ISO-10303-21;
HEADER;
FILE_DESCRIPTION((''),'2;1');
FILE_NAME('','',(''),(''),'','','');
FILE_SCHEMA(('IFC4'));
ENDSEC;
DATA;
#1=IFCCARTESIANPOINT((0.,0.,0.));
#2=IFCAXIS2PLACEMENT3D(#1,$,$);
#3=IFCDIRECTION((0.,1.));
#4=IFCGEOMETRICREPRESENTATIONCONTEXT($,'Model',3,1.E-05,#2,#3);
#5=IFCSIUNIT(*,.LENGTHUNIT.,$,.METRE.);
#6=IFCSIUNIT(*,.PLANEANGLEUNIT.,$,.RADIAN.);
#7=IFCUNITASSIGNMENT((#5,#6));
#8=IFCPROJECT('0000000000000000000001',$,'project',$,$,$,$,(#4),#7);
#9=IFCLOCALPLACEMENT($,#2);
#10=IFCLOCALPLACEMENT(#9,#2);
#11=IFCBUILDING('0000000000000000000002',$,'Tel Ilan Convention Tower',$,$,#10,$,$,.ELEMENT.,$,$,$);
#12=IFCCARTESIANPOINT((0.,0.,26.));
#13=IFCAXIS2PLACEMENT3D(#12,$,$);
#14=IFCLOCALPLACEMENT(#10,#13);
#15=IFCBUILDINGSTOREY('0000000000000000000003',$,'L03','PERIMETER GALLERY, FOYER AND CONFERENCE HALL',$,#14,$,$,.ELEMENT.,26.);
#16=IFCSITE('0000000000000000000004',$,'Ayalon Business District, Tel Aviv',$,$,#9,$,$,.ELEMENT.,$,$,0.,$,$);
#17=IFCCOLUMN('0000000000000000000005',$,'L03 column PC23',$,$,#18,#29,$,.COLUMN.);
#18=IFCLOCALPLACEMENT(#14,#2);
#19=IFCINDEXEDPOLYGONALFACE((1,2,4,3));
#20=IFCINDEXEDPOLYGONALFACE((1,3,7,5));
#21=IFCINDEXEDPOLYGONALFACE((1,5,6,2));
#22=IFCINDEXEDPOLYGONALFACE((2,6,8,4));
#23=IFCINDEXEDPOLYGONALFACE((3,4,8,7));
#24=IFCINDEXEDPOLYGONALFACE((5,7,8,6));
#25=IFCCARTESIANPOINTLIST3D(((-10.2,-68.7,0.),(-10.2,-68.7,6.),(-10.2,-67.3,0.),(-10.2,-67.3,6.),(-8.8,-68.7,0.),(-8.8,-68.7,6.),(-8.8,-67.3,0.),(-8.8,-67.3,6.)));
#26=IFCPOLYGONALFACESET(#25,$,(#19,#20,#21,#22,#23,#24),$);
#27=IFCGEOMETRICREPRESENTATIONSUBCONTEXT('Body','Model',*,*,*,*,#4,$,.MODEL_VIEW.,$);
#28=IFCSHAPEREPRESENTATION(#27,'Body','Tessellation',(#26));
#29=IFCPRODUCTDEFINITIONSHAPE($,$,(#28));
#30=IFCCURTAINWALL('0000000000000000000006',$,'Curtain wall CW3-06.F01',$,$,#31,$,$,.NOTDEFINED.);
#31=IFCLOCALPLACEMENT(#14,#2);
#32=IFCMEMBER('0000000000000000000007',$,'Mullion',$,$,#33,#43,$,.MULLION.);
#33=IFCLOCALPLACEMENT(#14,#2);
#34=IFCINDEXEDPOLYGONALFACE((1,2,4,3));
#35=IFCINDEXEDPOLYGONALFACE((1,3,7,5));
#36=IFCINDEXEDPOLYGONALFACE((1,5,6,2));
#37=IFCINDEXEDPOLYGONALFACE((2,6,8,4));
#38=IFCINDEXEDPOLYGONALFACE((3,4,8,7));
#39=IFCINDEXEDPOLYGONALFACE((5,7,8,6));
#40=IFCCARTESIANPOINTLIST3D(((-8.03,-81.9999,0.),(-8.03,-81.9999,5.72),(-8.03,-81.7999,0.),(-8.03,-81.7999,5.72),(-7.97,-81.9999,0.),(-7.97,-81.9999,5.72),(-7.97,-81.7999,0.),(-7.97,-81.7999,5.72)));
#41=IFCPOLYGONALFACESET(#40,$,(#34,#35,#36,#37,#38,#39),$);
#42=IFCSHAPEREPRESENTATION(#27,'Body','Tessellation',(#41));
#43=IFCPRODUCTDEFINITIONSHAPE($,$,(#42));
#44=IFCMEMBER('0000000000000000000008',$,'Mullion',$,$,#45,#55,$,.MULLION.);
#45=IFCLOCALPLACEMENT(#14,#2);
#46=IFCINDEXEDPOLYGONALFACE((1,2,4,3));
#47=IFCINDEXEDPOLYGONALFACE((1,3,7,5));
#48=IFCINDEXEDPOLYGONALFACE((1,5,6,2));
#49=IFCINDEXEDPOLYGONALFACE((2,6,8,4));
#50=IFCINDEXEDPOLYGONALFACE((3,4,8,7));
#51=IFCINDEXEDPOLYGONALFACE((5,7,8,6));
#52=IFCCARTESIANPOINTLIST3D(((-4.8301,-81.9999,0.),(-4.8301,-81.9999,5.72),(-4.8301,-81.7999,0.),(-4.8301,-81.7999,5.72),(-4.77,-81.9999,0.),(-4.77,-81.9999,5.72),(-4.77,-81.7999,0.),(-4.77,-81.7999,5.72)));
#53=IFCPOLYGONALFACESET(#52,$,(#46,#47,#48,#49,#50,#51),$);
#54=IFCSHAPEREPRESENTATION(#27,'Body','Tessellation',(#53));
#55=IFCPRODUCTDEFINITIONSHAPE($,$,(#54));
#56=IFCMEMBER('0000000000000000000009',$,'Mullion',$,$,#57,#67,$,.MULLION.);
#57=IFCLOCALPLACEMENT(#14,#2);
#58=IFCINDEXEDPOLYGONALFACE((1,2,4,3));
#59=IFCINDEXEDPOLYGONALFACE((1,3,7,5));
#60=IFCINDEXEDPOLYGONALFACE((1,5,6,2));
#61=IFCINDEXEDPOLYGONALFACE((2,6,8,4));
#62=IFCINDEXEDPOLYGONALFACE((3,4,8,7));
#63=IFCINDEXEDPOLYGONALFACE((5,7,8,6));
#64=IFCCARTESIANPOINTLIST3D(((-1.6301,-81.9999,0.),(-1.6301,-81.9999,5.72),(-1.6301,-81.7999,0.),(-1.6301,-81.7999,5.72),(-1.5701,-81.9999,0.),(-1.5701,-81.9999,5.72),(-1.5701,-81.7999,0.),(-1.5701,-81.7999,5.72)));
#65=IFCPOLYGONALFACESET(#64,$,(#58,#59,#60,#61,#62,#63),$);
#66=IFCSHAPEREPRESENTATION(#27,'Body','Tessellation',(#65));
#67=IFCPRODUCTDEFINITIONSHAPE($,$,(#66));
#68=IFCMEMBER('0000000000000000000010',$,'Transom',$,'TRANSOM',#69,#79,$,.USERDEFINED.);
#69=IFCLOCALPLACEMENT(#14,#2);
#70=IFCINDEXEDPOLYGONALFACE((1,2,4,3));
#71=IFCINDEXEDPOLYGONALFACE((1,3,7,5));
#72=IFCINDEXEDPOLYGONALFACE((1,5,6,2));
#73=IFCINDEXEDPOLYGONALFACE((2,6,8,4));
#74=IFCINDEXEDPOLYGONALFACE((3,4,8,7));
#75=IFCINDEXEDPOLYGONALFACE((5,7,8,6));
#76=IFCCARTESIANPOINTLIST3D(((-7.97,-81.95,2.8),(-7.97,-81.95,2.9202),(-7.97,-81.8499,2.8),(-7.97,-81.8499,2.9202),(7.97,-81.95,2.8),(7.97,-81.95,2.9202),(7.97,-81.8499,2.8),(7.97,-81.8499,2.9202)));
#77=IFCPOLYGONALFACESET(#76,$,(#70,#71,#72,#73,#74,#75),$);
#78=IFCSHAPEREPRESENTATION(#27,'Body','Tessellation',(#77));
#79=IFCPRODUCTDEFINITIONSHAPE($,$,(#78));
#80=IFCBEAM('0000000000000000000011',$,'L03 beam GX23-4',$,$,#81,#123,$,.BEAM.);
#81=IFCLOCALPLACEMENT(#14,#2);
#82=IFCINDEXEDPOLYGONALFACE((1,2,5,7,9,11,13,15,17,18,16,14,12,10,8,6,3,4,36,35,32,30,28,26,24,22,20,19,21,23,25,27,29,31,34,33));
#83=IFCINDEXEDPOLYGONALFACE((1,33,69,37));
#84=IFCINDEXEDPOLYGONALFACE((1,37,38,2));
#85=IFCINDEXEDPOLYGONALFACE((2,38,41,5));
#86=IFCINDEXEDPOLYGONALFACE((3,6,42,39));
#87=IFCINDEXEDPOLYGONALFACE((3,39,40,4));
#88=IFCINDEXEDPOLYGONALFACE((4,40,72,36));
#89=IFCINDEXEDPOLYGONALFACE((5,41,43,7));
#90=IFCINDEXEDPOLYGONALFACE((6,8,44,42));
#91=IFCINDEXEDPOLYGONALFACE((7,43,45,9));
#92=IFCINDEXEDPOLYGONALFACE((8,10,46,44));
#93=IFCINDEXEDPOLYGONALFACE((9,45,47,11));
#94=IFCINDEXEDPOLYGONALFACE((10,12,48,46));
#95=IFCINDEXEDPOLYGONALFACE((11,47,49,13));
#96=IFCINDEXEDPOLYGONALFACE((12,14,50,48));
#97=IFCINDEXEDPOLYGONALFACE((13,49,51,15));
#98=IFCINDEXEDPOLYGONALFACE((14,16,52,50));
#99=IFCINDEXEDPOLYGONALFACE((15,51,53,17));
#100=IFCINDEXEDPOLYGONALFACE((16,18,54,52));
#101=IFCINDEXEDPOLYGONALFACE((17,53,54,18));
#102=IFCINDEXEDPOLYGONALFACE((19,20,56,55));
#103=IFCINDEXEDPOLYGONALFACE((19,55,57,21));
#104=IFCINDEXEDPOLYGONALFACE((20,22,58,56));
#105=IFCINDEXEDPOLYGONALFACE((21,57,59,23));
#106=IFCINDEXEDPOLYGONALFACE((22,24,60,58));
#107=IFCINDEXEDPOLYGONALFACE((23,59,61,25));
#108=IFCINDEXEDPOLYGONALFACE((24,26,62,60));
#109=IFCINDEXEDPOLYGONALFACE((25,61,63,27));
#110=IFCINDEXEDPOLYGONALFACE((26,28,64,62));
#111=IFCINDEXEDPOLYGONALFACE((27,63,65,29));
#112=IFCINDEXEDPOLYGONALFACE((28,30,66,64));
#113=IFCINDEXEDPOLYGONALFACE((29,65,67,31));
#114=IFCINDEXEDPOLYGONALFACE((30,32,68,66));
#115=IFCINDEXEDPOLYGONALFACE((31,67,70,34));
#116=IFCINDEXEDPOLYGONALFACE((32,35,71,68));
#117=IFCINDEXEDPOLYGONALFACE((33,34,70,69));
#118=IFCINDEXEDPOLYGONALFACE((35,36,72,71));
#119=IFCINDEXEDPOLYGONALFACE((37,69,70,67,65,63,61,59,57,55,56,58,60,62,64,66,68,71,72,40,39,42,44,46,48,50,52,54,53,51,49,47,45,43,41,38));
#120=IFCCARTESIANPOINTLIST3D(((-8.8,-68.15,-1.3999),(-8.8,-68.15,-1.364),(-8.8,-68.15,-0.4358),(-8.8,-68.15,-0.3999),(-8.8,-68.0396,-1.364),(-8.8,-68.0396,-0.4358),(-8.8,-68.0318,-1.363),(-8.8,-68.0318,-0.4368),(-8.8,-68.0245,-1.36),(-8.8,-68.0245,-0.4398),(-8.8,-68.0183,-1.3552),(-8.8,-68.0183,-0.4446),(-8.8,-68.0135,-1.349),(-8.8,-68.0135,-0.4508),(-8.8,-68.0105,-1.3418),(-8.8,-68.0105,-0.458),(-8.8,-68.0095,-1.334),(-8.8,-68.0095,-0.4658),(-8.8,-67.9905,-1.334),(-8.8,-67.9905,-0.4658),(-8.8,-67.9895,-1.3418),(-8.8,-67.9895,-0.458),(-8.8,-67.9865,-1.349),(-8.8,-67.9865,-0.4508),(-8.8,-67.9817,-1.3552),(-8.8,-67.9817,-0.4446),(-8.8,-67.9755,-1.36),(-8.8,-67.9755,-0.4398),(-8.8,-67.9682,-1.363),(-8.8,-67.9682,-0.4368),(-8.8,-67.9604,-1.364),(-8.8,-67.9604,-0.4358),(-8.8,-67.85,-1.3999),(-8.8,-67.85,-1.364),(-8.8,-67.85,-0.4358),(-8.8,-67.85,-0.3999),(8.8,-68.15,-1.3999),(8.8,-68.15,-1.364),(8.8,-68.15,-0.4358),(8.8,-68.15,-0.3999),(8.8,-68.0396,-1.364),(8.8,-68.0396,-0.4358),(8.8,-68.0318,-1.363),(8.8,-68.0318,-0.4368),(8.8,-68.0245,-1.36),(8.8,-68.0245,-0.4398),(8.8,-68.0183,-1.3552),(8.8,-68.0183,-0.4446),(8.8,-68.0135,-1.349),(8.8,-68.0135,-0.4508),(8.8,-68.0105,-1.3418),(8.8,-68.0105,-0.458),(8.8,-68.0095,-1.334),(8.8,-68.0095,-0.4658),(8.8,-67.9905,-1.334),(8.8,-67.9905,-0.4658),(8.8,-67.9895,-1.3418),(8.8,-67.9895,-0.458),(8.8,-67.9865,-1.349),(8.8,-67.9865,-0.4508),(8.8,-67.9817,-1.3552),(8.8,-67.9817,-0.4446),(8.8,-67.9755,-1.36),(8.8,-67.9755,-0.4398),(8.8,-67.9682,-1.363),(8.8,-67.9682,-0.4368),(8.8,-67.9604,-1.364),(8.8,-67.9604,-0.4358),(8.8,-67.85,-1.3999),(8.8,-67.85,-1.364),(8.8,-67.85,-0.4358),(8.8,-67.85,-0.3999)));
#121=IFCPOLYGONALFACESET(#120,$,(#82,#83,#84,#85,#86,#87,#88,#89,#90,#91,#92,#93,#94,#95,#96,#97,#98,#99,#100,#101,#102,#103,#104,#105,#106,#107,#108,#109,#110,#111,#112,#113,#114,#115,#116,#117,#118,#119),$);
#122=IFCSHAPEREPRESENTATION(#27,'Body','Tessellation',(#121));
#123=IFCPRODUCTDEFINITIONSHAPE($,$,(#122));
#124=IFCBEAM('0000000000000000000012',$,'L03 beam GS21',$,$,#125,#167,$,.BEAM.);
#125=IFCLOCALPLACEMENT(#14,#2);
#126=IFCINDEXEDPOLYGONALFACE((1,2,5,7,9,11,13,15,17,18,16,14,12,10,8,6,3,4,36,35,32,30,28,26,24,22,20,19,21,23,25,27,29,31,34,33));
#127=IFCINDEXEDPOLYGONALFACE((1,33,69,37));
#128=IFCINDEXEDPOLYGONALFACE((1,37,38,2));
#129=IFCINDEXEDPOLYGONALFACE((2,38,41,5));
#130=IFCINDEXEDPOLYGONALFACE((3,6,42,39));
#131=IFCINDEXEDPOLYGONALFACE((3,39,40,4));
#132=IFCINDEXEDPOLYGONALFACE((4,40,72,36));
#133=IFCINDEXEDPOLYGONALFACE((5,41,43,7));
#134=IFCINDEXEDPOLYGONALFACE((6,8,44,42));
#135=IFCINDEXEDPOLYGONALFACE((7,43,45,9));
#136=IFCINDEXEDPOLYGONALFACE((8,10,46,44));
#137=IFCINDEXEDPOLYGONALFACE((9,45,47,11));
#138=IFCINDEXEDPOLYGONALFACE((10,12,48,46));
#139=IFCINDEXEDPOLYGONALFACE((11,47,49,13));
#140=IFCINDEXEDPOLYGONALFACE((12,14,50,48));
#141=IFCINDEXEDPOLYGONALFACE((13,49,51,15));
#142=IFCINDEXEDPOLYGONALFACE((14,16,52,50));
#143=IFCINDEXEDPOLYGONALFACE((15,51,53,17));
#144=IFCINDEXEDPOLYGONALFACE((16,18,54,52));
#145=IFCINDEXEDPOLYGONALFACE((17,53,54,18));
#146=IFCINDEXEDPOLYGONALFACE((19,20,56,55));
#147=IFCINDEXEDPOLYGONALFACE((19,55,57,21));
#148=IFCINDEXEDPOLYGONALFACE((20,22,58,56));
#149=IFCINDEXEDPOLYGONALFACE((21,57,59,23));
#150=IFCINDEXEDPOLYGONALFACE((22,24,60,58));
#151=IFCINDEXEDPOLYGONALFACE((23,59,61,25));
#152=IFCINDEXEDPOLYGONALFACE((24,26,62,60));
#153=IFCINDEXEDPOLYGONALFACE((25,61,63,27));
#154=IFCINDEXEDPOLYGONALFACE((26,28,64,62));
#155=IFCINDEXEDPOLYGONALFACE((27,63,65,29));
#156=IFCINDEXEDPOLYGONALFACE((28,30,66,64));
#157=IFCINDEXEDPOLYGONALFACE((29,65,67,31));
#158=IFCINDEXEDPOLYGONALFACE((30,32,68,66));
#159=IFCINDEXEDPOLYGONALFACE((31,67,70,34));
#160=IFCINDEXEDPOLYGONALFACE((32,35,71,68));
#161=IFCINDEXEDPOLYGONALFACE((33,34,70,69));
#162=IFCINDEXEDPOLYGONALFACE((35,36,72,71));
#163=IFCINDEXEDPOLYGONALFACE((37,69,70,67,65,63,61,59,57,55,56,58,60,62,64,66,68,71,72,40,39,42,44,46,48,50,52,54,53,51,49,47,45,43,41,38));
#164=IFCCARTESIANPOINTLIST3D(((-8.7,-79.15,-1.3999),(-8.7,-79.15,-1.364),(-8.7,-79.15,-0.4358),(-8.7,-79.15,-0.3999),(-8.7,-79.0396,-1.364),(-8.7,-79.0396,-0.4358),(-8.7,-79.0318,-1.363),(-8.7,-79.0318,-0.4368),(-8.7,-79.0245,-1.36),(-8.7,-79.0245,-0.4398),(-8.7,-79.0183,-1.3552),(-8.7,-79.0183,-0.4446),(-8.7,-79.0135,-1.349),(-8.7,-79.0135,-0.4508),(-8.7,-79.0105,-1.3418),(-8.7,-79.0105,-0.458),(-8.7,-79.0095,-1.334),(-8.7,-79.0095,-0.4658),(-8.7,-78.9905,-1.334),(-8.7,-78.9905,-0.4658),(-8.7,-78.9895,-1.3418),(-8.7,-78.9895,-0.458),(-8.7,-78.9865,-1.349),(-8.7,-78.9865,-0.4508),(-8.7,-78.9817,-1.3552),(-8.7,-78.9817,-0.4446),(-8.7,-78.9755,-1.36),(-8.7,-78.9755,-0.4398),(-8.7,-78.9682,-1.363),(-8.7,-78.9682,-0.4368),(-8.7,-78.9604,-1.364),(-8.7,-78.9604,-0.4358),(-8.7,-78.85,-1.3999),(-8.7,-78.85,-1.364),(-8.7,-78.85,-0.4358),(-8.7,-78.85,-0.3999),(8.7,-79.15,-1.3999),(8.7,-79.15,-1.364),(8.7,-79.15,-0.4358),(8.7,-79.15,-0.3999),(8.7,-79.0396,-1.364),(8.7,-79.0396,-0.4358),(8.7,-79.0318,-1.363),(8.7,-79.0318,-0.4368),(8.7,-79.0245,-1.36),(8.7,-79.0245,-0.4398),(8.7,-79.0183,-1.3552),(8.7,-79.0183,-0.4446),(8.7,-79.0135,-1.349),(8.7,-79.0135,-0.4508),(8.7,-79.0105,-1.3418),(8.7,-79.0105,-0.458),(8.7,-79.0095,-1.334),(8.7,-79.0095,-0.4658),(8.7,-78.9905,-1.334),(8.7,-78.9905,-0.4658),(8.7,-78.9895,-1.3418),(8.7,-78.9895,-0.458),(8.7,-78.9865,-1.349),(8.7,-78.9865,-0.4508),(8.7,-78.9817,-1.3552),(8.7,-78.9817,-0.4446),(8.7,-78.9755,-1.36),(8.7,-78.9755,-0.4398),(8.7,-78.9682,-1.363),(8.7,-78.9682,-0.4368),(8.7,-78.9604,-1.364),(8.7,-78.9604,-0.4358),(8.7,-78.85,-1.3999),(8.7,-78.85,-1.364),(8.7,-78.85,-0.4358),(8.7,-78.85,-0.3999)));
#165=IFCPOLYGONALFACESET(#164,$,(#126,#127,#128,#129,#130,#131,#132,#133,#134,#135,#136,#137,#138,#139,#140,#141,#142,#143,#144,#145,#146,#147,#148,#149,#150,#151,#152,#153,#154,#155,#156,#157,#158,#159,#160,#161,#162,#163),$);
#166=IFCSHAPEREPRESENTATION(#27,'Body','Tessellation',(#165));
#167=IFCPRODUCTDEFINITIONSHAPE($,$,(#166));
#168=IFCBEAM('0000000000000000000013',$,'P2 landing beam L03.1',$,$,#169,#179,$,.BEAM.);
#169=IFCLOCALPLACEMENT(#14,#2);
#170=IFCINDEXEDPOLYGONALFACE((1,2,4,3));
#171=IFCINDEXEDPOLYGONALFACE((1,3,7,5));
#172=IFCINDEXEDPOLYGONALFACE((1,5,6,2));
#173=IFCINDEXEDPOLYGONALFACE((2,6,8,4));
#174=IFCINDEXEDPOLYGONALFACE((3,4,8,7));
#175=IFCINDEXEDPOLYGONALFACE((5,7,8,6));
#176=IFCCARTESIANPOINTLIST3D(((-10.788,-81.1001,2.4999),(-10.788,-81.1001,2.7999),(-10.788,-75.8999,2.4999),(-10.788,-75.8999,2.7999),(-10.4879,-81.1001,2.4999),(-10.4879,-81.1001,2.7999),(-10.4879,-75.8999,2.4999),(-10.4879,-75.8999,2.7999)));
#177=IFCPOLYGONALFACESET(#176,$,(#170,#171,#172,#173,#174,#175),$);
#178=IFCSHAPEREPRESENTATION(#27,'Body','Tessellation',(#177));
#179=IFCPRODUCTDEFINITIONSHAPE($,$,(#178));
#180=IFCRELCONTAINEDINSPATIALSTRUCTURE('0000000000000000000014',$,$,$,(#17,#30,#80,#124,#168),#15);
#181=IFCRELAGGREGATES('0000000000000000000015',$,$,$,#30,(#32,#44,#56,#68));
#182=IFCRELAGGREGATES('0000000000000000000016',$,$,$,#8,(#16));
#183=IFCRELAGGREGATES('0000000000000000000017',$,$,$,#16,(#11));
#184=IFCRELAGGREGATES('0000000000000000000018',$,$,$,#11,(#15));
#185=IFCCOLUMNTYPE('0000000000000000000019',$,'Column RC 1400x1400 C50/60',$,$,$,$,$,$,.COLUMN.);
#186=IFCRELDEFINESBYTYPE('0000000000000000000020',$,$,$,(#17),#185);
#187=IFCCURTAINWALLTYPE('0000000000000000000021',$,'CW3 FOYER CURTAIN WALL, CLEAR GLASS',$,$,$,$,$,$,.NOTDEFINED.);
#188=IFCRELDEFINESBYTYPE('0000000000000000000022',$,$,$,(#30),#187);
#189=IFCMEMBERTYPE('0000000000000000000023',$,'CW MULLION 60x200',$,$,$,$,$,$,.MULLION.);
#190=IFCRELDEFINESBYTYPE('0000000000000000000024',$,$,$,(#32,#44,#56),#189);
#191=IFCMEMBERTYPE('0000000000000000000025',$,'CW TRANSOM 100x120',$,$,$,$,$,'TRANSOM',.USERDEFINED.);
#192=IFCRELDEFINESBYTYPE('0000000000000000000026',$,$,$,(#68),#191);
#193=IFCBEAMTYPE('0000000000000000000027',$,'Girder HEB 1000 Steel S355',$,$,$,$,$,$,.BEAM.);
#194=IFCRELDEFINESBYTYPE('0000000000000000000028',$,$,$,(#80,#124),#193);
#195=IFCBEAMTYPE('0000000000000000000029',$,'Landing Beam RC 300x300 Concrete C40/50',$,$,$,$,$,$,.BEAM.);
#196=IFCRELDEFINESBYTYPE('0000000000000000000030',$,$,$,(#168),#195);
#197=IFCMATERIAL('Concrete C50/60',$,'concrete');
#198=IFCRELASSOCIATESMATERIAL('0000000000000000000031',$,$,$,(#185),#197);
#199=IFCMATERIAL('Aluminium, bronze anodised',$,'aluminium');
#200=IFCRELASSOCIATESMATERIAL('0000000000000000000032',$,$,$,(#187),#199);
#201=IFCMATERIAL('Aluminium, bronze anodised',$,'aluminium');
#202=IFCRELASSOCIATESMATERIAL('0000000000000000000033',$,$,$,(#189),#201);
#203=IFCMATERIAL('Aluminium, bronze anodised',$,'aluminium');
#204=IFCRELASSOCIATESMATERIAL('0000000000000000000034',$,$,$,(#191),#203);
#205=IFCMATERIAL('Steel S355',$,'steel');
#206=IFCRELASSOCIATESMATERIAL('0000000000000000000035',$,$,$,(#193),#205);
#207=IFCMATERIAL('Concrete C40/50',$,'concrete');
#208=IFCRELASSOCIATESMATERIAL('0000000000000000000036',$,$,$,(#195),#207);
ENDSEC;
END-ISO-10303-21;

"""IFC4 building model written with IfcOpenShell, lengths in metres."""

from ifc_helpers import new_model, si_unit, direction, frame, origin, origin_2d, place, context, subcontext, project, spatial, rectangle, i_section, extrude, material, material_profile, profile_set, type_object, element, aggregate, save


model = new_model("IFC4")

# Units and contexts
model_context = context("Model", 3, precision=1e-05, world=origin(), true_north=direction((0.0, 1.0)))
body_context = subcontext(model_context, "Body", "Model", "MODEL_VIEW")
ifc_project = project(units=[si_unit("LENGTHUNIT", "METRE"), si_unit("PLANEANGLEUNIT", "RADIAN")], contexts=[model_context])

# Site, building, storey
site_placement = place(None, origin())
site = spatial("IfcSite", under=ifc_project, at=site_placement, Name="Ayalon Business District, Tel Aviv", CompositionType="ELEMENT", RefElevation=0.0)
building_placement = place(site_placement, origin())
building = spatial("IfcBuilding", under=site, at=building_placement, Name="Tel Ilan Convention Tower", CompositionType="ELEMENT")
storey_placement = place(building_placement, frame((0.0, 0.0, 26.0)))
storey = spatial("IfcBuildingStorey", under=building, at=storey_placement, Name="L03", Description="PERIMETER GALLERY, FOYER AND CONFERENCE HALL", CompositionType="ELEMENT", Elevation=26.0)

# Column
ifc_material_1 = material(Name="Concrete C50/60", Category="concrete")
ifc_material_profile_1 = material_profile(ifc_material_1, rectangle(XDim=1.3999, YDim=1.3999, at=origin_2d()), Name="RC 1400x1400")
ifc_profile_set_1 = profile_set([ifc_material_profile_1], Name="Concrete C50/60")
column_type = type_object("IfcColumnType", Name="Column RC 1400x1400 C50/60", PredefinedType="COLUMN", material=ifc_profile_set_1)
column_placement = place(storey_placement, frame((-9.5, -68.0, 0.0), z_axis=(0.0, 0.0, 1.0), x_axis=(1.0, 0.0, 0.0)))
element("IfcColumn", 1, at=column_placement, inside=storey, type_object=column_type, Name="L03 column PC23", PredefinedType="COLUMN", context=body_context, shape_type="SweptSolid", body=[
    extrude(rectangle(XDim=1.3999, YDim=1.3999, at=origin_2d()), origin(), (0.0, 0.0, 1.0), 6.0),
])

# Curtain wall, members
ifc_material_2 = material(Name="Aluminium, bronze anodised", Category="aluminium")
curtain_wall_type = type_object("IfcCurtainWallType", Name="CW3 FOYER CURTAIN WALL, CLEAR GLASS", PredefinedType="NOTDEFINED", material=ifc_material_2)
curtain_wall_placement = place(storey_placement, origin())
curtain_wall = element("IfcCurtainWall", 2, at=curtain_wall_placement, inside=storey, type_object=curtain_wall_type, Name="Curtain wall CW3-06.F01", PredefinedType="NOTDEFINED")
ifc_material_3 = material(Name="Aluminium, bronze anodised", Category="aluminium")
ifc_material_profile_2 = material_profile(ifc_material_3, rectangle(XDim=0.0601, YDim=0.2, at=origin_2d()), Name="CW MULLION 60x200")
ifc_profile_set_2 = profile_set([ifc_material_profile_2], Name="Aluminium, bronze anodised")
member_type_1 = type_object("IfcMemberType", Name="CW MULLION 60x200", PredefinedType="MULLION", material=ifc_profile_set_2)
member_1_placement = place(storey_placement, frame((-8.0, -81.8999, 0.0), z_axis=(0.0, 0.0, 1.0), x_axis=(1.0, 0.0, 0.0)))
member_1 = element("IfcMember", 3, at=member_1_placement, type_object=member_type_1, Name="Mullion", PredefinedType="MULLION", context=body_context, shape_type="SweptSolid", body=[
    extrude(rectangle(XDim=0.0601, YDim=0.2, at=origin_2d()), origin(), (0.0, 0.0, 1.0), 5.72),
])
member_2_placement = place(storey_placement, frame((-4.8, -81.8999, 0.0), z_axis=(0.0, 0.0, 1.0), x_axis=(1.0, 0.0, 0.0)))
member_2 = element("IfcMember", 4, at=member_2_placement, type_object=member_type_1, Name="Mullion", PredefinedType="MULLION", context=body_context, shape_type="SweptSolid", body=[
    extrude(rectangle(XDim=0.0601, YDim=0.2, at=origin_2d()), origin(), (0.0, 0.0, 1.0), 5.72),
])
member_3_placement = place(storey_placement, frame((-1.6001, -81.8999, 0.0), z_axis=(0.0, 0.0, 1.0), x_axis=(1.0, 0.0, 0.0)))
member_3 = element("IfcMember", 5, at=member_3_placement, type_object=member_type_1, Name="Mullion", PredefinedType="MULLION", context=body_context, shape_type="SweptSolid", body=[
    extrude(rectangle(XDim=0.0601, YDim=0.2, at=origin_2d()), origin(), (0.0, 0.0, 1.0), 5.72),
])
ifc_material_4 = material(Name="Aluminium, bronze anodised", Category="aluminium")
ifc_material_profile_3 = material_profile(ifc_material_4, rectangle(XDim=0.1001, YDim=0.1201, at=origin_2d()), Name="CW TRANSOM 100x120")
ifc_profile_set_3 = profile_set([ifc_material_profile_3], Name="Aluminium, bronze anodised")
member_type_2 = type_object("IfcMemberType", Name="CW TRANSOM 100x120", ElementType="TRANSOM", PredefinedType="USERDEFINED", material=ifc_profile_set_3)
member_4_placement = place(storey_placement, frame((-7.97, -81.8999, 2.8601), z_axis=(1.0, 0.0, 0.0), x_axis=(0.0, 1.0, 0.0)))
member_4 = element("IfcMember", 6, at=member_4_placement, type_object=member_type_2, Name="Transom", ObjectType="TRANSOM", PredefinedType="USERDEFINED", context=body_context, shape_type="SweptSolid", body=[
    extrude(rectangle(XDim=0.1001, YDim=0.1201, at=origin_2d()), origin(), (0.0, 0.0, 1.0), 15.9399),
])

# Beams
ifc_material_5 = material(Name="Steel S355", Category="steel")
ifc_material_profile_4 = material_profile(ifc_material_5, i_section(OverallWidth=0.3, OverallDepth=1.0, WebThickness=0.019, FlangeThickness=0.0359, FilletRadius=0.03, at=origin_2d()), Name="HEB 1000")
ifc_profile_set_4 = profile_set([ifc_material_profile_4], Name="Steel S355")
beam_type_1 = type_object("IfcBeamType", Name="Girder HEB 1000 Steel S355", PredefinedType="BEAM", material=ifc_profile_set_4)
beam_1_placement = place(storey_placement, frame((-8.8, -68.0, -0.8999), z_axis=(1.0, 0.0, 0.0), x_axis=(0.0, 1.0, 0.0)))
element("IfcBeam", 7, at=beam_1_placement, inside=storey, type_object=beam_type_1, Name="L03 beam GX23-4", PredefinedType="BEAM", context=body_context, shape_type="SweptSolid", body=[
    extrude(i_section(OverallWidth=0.3, OverallDepth=1.0, WebThickness=0.019, FlangeThickness=0.0359, FilletRadius=0.03, at=origin_2d()), origin(), (0.0, 0.0, 1.0), 17.6001),
])
beam_2_placement = place(storey_placement, frame((-8.7, -79.0, -0.8999), z_axis=(1.0, 0.0, 0.0), x_axis=(0.0, 1.0, 0.0)))
element("IfcBeam", 8, at=beam_2_placement, inside=storey, type_object=beam_type_1, Name="L03 beam GS21", PredefinedType="BEAM", context=body_context, shape_type="SweptSolid", body=[
    extrude(i_section(OverallWidth=0.3, OverallDepth=1.0, WebThickness=0.019, FlangeThickness=0.0359, FilletRadius=0.03, at=origin_2d()), origin(), (0.0, 0.0, 1.0), 17.3999),
])
ifc_material_6 = material(Name="Concrete C40/50", Category="concrete")
ifc_material_profile_5 = material_profile(ifc_material_6, rectangle(XDim=0.3, YDim=0.3, at=origin_2d()), Name="RC 300x300")
ifc_profile_set_5 = profile_set([ifc_material_profile_5], Name="Concrete C40/50")
beam_type_2 = type_object("IfcBeamType", Name="Landing Beam RC 300x300 Concrete C40/50", PredefinedType="BEAM", material=ifc_profile_set_5)
beam_3_placement = place(storey_placement, frame((-10.6379, -81.1001, 2.6499), z_axis=(0.0, 1.0, 0.0), x_axis=(-1.0, 0.0, 0.0)))
element("IfcBeam", 9, at=beam_3_placement, inside=storey, type_object=beam_type_2, Name="P2 landing beam L03.1", PredefinedType="BEAM", context=body_context, shape_type="SweptSolid", body=[
    extrude(rectangle(XDim=0.3, YDim=0.3, at=origin_2d()), origin(), (0.0, 0.0, 1.0), 5.2002),
])

aggregate(curtain_wall, [member_1, member_2, member_3, member_4])

save(model, "model.ifc")
